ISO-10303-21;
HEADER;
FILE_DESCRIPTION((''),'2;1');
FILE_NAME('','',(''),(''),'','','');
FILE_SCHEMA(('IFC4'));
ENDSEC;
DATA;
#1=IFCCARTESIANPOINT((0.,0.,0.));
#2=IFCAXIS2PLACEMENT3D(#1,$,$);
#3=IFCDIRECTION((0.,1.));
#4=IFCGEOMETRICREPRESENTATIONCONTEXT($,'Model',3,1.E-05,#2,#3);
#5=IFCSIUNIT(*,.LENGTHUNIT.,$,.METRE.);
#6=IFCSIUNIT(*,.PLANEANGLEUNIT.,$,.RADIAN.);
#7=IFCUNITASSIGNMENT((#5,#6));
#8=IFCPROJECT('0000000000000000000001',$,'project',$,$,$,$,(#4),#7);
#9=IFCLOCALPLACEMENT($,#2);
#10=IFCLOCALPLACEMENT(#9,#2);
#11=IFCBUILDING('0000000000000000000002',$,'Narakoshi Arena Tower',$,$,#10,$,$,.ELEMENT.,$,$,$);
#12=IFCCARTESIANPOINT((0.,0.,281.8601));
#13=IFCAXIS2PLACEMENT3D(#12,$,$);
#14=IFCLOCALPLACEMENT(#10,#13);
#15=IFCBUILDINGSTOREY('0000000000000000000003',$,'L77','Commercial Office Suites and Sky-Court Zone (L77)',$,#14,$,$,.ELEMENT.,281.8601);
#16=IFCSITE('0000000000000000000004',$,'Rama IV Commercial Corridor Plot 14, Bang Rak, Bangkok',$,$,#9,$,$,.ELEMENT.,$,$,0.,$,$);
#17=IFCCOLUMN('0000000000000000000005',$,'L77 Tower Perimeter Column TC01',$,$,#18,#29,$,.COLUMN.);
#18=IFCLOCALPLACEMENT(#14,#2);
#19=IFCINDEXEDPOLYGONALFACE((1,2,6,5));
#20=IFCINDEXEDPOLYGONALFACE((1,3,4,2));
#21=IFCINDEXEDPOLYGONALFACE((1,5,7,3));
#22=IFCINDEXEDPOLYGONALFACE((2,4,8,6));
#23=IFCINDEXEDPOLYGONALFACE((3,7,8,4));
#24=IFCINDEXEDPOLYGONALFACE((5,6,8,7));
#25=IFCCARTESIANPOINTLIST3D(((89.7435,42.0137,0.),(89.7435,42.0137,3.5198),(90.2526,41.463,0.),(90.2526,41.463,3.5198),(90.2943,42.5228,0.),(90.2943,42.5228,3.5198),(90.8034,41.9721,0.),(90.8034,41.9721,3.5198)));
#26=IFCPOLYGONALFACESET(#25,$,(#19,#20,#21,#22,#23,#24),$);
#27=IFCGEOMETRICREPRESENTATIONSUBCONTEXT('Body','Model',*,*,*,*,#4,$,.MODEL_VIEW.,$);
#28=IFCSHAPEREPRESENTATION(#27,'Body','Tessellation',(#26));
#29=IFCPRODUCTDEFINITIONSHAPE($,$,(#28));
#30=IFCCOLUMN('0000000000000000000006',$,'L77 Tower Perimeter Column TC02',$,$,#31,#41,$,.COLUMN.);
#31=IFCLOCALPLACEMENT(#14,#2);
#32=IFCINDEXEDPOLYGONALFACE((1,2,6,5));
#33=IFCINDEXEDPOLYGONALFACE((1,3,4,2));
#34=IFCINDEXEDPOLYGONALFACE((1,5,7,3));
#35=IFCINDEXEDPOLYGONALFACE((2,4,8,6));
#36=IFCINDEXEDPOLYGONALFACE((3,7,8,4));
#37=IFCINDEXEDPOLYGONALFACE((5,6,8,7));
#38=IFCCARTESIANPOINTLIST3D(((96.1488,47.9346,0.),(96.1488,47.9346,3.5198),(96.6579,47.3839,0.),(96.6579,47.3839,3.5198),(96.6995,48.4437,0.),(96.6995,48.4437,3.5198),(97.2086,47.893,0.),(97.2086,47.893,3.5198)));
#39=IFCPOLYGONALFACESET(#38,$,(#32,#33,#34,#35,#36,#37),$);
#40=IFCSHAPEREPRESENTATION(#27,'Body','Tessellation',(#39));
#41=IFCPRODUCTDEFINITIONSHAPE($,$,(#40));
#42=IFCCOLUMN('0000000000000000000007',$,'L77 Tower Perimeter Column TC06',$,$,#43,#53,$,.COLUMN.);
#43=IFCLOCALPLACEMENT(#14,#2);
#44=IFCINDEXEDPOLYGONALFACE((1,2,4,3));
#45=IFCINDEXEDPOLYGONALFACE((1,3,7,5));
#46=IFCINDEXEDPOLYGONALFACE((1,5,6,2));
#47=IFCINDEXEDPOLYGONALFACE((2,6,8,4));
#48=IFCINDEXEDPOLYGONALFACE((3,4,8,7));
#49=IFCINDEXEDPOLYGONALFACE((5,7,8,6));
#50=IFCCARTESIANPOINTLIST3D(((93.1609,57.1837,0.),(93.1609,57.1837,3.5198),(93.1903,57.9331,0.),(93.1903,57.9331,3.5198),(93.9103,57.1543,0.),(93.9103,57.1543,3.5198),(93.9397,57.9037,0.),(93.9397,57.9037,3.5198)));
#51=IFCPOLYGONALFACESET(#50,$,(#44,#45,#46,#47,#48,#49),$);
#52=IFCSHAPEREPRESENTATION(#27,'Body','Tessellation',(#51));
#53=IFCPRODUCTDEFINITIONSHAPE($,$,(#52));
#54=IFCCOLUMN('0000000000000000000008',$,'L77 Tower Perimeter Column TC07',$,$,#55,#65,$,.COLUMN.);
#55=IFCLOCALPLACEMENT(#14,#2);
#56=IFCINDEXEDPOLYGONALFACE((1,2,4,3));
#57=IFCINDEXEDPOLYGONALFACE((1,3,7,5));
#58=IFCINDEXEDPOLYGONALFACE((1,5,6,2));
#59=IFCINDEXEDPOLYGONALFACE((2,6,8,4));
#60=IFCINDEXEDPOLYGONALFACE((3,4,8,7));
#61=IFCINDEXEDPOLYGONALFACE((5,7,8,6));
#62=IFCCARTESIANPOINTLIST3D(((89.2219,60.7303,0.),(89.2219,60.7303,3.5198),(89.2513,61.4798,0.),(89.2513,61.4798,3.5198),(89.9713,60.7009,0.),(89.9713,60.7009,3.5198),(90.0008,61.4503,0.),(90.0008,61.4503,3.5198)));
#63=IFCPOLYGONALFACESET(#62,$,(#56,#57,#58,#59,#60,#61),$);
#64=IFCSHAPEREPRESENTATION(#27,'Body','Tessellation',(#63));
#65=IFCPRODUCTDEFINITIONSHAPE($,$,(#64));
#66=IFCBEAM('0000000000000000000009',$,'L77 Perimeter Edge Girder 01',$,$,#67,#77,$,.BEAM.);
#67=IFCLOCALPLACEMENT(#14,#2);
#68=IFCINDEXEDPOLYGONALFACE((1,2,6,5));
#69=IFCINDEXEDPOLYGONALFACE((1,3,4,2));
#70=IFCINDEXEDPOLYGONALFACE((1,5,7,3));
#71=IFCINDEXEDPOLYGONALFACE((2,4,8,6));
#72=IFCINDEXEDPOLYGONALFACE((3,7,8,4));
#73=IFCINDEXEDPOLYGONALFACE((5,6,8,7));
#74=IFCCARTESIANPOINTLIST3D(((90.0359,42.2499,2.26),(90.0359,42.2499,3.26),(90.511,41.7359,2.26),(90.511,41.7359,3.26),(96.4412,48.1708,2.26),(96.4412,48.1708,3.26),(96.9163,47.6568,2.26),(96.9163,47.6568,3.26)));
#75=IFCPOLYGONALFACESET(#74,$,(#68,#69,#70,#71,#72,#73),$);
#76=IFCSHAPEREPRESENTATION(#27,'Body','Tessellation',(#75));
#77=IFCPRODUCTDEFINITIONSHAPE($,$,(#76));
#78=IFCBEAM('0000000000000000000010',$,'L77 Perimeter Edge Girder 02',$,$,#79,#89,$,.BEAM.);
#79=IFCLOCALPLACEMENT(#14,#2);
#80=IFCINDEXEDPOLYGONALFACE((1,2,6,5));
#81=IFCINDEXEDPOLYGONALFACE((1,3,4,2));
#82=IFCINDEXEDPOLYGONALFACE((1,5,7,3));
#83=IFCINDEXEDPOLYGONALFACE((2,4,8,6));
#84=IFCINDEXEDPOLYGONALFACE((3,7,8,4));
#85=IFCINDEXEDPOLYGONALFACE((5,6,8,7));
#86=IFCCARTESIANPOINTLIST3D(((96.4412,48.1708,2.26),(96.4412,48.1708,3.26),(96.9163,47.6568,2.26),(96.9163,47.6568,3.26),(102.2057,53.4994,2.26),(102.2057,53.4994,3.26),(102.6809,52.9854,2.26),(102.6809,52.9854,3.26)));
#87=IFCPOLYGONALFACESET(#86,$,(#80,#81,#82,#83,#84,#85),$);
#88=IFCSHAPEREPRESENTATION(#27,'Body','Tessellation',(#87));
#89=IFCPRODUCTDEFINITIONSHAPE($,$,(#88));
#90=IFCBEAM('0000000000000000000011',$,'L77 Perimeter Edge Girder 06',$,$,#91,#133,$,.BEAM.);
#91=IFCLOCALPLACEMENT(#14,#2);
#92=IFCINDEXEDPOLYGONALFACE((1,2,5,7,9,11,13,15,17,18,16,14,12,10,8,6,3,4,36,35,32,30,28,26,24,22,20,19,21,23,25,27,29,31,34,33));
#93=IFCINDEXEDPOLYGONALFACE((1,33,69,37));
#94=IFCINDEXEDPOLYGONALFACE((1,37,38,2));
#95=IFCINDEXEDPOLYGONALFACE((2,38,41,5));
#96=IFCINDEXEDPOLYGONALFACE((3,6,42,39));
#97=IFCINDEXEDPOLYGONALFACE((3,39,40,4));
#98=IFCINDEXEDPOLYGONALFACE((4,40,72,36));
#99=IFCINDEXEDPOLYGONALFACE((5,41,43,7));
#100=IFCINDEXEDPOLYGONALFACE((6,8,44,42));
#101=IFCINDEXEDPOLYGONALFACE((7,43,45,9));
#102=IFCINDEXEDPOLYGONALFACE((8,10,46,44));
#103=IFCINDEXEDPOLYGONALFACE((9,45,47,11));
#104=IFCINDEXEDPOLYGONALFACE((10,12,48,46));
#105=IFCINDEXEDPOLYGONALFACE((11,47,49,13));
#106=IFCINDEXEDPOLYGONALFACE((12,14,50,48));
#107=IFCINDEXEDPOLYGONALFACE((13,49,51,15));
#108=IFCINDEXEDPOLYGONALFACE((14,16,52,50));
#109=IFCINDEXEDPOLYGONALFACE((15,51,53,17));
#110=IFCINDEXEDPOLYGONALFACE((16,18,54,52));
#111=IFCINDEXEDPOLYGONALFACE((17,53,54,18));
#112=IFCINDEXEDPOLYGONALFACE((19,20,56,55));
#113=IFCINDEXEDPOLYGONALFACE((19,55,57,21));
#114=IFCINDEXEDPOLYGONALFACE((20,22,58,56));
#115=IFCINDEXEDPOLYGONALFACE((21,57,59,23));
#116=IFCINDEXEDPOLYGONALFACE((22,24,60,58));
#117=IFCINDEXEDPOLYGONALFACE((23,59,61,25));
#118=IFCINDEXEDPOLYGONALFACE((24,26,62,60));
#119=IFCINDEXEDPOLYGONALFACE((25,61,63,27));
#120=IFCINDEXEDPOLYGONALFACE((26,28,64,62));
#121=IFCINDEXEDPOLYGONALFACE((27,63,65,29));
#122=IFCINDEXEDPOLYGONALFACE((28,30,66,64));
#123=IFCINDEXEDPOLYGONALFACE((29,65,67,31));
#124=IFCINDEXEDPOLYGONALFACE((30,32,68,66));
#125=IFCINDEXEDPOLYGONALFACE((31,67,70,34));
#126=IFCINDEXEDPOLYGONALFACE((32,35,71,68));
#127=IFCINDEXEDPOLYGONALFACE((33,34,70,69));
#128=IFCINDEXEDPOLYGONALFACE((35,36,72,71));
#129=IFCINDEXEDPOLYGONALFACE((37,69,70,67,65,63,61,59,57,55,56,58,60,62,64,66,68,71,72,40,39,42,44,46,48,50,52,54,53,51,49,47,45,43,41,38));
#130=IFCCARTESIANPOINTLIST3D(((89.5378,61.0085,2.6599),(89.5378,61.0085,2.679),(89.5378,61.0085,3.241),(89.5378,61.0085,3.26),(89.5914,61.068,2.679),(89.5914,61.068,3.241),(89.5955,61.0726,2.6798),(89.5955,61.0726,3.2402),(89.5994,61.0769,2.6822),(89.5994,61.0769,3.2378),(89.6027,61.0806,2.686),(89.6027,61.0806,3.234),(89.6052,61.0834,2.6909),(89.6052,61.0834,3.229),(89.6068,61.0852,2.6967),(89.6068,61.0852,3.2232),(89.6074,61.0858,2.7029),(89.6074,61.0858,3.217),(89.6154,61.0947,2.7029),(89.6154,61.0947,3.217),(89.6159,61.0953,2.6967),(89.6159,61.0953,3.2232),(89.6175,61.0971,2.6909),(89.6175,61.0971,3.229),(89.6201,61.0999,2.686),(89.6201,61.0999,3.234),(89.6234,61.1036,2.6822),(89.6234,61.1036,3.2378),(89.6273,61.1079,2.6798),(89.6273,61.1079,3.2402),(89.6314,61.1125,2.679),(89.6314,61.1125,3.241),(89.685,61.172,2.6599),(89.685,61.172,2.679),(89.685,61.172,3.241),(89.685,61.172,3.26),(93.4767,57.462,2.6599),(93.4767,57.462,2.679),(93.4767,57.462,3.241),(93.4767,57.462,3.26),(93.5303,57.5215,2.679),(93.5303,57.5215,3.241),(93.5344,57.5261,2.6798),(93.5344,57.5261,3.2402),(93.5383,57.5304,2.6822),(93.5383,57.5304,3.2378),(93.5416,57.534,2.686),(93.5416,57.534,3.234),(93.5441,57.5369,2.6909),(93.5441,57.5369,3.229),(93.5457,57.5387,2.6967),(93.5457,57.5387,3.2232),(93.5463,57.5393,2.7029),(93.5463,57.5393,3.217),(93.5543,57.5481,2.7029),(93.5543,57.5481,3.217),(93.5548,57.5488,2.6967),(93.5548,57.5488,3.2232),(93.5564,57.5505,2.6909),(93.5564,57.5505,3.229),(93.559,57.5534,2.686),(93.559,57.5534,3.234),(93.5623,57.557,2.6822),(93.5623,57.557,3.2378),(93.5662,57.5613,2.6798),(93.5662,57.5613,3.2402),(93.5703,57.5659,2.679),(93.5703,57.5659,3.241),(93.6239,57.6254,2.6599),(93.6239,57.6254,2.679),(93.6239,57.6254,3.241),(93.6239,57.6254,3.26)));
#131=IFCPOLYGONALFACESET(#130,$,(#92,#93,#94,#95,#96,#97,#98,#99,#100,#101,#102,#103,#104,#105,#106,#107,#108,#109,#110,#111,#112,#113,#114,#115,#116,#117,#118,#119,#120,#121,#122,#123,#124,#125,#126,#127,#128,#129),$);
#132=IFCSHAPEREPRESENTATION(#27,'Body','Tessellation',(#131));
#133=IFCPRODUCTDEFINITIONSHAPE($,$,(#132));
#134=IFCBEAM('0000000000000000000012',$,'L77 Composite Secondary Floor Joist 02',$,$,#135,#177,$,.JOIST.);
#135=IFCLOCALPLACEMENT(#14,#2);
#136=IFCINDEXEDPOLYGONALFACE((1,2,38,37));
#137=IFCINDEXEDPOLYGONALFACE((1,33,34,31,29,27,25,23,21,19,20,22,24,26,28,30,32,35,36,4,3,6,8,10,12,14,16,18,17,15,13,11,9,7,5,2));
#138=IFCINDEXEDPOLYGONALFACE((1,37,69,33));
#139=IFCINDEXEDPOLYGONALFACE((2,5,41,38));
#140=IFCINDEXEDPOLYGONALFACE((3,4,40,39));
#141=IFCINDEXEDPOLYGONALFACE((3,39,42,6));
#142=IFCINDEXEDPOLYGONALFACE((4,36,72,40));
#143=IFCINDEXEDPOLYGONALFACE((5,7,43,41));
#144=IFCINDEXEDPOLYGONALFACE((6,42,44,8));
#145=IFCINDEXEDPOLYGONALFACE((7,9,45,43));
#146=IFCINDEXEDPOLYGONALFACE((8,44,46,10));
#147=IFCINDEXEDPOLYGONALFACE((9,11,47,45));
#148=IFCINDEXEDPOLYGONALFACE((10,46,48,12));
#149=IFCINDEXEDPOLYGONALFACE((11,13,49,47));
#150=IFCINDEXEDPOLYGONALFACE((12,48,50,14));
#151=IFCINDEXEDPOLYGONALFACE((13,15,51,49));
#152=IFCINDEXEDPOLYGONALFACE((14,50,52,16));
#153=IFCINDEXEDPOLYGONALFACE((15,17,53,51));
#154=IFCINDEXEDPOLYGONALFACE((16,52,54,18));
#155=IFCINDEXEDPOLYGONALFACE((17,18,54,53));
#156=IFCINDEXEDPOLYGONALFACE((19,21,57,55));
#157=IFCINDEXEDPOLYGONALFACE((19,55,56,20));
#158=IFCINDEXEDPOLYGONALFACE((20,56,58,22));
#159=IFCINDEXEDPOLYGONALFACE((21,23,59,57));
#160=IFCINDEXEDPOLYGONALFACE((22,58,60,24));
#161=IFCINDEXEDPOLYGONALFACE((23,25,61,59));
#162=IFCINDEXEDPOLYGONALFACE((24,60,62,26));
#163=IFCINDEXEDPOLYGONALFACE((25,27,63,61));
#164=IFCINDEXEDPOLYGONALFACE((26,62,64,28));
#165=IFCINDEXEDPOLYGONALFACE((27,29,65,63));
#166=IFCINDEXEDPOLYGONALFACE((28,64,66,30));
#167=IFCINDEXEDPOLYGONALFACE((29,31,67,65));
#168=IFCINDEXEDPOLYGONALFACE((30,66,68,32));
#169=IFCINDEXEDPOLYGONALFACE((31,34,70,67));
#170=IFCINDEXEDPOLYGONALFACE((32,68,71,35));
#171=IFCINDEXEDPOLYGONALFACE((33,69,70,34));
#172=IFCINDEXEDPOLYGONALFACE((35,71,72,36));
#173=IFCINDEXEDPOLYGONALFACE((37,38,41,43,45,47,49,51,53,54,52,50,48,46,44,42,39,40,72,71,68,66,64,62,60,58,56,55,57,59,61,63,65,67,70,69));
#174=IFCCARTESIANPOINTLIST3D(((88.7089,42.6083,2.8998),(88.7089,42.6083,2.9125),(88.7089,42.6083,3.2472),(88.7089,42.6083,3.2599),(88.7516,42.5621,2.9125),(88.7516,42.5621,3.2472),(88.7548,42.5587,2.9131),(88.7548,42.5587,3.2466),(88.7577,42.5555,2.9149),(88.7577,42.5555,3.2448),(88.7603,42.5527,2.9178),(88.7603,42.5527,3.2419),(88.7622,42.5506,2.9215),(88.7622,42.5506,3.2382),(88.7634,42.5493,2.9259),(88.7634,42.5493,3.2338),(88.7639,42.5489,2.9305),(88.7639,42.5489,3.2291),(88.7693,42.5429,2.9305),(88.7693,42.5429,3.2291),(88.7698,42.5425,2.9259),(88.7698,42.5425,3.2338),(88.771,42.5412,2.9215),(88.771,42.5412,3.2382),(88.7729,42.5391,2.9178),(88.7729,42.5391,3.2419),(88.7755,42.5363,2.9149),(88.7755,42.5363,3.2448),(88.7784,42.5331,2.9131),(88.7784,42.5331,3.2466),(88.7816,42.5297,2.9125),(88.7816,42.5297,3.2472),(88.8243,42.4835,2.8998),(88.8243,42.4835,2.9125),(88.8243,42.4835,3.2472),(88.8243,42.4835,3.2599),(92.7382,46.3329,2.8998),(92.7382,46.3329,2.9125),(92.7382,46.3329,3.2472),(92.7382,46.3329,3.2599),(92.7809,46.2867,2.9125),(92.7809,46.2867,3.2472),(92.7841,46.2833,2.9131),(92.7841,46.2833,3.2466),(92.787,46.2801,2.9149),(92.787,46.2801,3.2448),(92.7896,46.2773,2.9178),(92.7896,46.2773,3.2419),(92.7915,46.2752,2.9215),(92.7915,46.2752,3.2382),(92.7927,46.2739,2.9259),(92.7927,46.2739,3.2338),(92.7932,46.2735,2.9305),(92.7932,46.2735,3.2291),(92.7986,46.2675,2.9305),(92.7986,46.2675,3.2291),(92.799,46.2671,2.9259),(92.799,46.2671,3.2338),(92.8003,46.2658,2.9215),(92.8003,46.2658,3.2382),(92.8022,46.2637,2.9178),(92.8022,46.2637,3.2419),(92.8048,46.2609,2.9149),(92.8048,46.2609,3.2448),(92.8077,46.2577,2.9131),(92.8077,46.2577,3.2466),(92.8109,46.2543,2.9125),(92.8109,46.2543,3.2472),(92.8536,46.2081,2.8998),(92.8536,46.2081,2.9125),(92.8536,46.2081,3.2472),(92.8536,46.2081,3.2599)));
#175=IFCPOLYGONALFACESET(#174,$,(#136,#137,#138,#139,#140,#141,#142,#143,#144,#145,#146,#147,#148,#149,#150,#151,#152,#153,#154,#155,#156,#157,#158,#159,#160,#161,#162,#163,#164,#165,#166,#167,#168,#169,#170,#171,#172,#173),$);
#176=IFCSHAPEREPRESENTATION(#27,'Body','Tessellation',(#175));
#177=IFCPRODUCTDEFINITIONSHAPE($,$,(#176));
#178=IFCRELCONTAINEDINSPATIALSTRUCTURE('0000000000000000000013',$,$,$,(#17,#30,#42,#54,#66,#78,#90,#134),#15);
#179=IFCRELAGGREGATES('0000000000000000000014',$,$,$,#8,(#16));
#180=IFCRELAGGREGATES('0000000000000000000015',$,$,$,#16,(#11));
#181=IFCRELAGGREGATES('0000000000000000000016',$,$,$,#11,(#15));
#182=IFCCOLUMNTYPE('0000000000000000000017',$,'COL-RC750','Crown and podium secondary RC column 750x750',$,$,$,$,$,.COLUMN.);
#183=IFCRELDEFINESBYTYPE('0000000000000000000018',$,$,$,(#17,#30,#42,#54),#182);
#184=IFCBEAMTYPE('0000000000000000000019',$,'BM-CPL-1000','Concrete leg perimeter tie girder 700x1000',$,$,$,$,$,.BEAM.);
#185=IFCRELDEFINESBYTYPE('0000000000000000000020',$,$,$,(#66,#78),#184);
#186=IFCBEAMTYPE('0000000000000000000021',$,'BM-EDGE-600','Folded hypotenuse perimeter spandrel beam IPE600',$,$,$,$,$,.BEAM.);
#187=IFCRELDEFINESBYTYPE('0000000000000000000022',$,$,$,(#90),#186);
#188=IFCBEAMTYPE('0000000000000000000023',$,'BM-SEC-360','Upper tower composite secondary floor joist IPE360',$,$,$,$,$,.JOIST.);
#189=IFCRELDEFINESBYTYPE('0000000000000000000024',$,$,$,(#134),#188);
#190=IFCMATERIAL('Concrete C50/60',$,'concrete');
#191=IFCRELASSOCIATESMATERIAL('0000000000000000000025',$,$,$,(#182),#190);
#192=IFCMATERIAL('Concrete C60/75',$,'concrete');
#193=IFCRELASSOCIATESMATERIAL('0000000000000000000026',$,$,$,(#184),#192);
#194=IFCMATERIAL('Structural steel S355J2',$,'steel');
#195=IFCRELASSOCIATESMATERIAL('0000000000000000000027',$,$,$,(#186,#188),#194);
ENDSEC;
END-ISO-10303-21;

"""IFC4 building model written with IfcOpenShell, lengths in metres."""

from ifc_helpers import new_model, si_unit, direction, frame, origin, origin_2d, place, context, subcontext, project, spatial, rectangle, i_section, extrude, material, material_profile, profile_set, type_object, element, save


model = new_model("IFC4")

# Units and contexts
model_context = context("Model", 3, precision=1e-05, world=origin(), true_north=direction((0.0, 1.0)))
body_context = subcontext(model_context, "Body", "Model", "MODEL_VIEW")
ifc_project = project(units=[si_unit("LENGTHUNIT", "METRE"), si_unit("PLANEANGLEUNIT", "RADIAN")], contexts=[model_context])

# Site, building, storey
site_placement = place(None, origin())
site = spatial("IfcSite", under=ifc_project, at=site_placement, Name="Rama IV Commercial Corridor Plot 14, Bang Rak, Bangkok", CompositionType="ELEMENT", RefElevation=0.0)
building_placement = place(site_placement, origin())
building = spatial("IfcBuilding", under=site, at=building_placement, Name="Narakoshi Arena Tower", CompositionType="ELEMENT")
storey_placement = place(building_placement, frame((0.0, 0.0, 281.8601)))
storey = spatial("IfcBuildingStorey", under=building, at=storey_placement, Name="L77", Description="Commercial Office Suites and Sky-Court Zone (L77)", CompositionType="ELEMENT", Elevation=281.8601)

# Columns
ifc_material_1 = material(Name="Concrete C50/60", Category="concrete")
ifc_material_profile_1 = material_profile(ifc_material_1, rectangle(XDim=0.75, YDim=0.75, at=origin_2d()), Name="RC750x750")
ifc_profile_set_1 = profile_set([ifc_material_profile_1], Name="Concrete C50/60")
column_type = type_object("IfcColumnType", Name="COL-RC750", Description="Crown and podium secondary RC column 750x750", PredefinedType="COLUMN", material=ifc_profile_set_1)
for number, where, z_axis, x_axis, name in (
    (1, (90.2734, 41.9929, 0.0), (0.0, 0.0, 1.0), (0.734323, 0.678801, 0.0), "L77 Tower Perimeter Column TC01"),
    (2, (96.6787, 47.9138, 0.0), (0.0, 0.0, 1.0), (0.734323, 0.678801, 0.0), "L77 Tower Perimeter Column TC02"),
    (3, (93.5503, 57.5437, 0.0), (0.0, 0.0, 1.0), (0.03926, 0.999229, 0.0), "L77 Tower Perimeter Column TC06"),
    (4, (89.6113, 61.0903, 0.0), (0.0, 0.0, 1.0), (0.03926, 0.999229, 0.0), "L77 Tower Perimeter Column TC07"),
):
    element("IfcColumn", number, at=place(storey_placement, frame(where, z_axis=z_axis, x_axis=x_axis)), inside=storey, type_object=column_type, Name=name, PredefinedType="COLUMN", context=body_context, shape_type="SweptSolid", body=[
        extrude(rectangle(XDim=0.75, YDim=0.75, at=origin_2d()), origin(), (0.0, 0.0, 1.0), 3.5198),
    ])

# Beams
ifc_material_2 = material(Name="Concrete C60/75", Category="concrete")
ifc_material_profile_2 = material_profile(ifc_material_2, rectangle(XDim=0.7, YDim=1.0, at=origin_2d()), Name="RCB700x1000")
ifc_profile_set_2 = profile_set([ifc_material_profile_2], Name="Concrete C60/75")
beam_type_1 = type_object("IfcBeamType", Name="BM-CPL-1000", Description="Concrete leg perimeter tie girder 700x1000", PredefinedType="BEAM", material=ifc_profile_set_2)
beam_1_placement = place(storey_placement, frame((90.2734, 41.9929, 2.76), z_axis=(0.734327, 0.678796, 0.0), x_axis=(-0.678796, 0.734327, 0.0)))
element("IfcBeam", 5, at=beam_1_placement, inside=storey, type_object=beam_type_1, Name="L77 Perimeter Edge Girder 01", PredefinedType="BEAM", context=body_context, shape_type="SweptSolid", body=[
    extrude(rectangle(XDim=0.7, YDim=1.0, at=origin_2d()), origin(), (0.0, 0.0, 1.0), 8.7227),
])
beam_2_placement = place(storey_placement, frame((96.6787, 47.9138, 2.76), z_axis=(0.734333, 0.678789, 0.0), x_axis=(-0.678789, 0.734333, 0.0)))
element("IfcBeam", 6, at=beam_2_placement, inside=storey, type_object=beam_type_1, Name="L77 Perimeter Edge Girder 02", PredefinedType="BEAM", context=body_context, shape_type="SweptSolid", body=[
    extrude(rectangle(XDim=0.7, YDim=1.0, at=origin_2d()), origin(), (0.0, 0.0, 1.0), 7.8501),
])
ifc_material_3 = material(Name="Structural steel S355J2", Category="steel")
ifc_material_profile_3 = material_profile(ifc_material_3, i_section(OverallWidth=0.22, OverallDepth=0.6001, WebThickness=0.012, FlangeThickness=0.019, FilletRadius=0.0239, at=origin_2d()), Name="IPE600")
ifc_profile_set_3 = profile_set([ifc_material_profile_3], Name="Structural steel S355J2")
beam_type_2 = type_object("IfcBeamType", Name="BM-EDGE-600", Description="Folded hypotenuse perimeter spandrel beam IPE600", PredefinedType="BEAM", material=ifc_profile_set_3)
beam_3_placement = place(storey_placement, frame((93.5503, 57.5437, 2.96), z_axis=(-0.743148, 0.669128, 0.0), x_axis=(-0.669128, -0.743148, 0.0)))
element("IfcBeam", 7, at=beam_3_placement, inside=storey, type_object=beam_type_2, Name="L77 Perimeter Edge Girder 06", PredefinedType="BEAM", context=body_context, shape_type="SweptSolid", body=[
    extrude(i_section(OverallWidth=0.22, OverallDepth=0.6001, WebThickness=0.012, FlangeThickness=0.019, FilletRadius=0.0239, at=origin_2d()), origin(), (0.0, 0.0, 1.0), 5.3003),
])
ifc_material_profile_4 = material_profile(ifc_material_3, i_section(OverallWidth=0.1699, OverallDepth=0.3601, WebThickness=0.0081, FlangeThickness=0.0127, FilletRadius=0.0181, at=origin_2d()), Name="IPE360")
ifc_profile_set_4 = profile_set([ifc_material_profile_4], Name="Structural steel S355J2")
beam_type_3 = type_object("IfcBeamType", Name="BM-SEC-360", Description="Upper tower composite secondary floor joist IPE360", PredefinedType="JOIST", material=ifc_profile_set_4)
beam_4_placement = place(storey_placement, frame((88.7666, 42.5459, 3.0798), z_axis=(0.734326, 0.678797, 0.0), x_axis=(-0.678797, 0.734326, 0.0)))
element("IfcBeam", 8, at=beam_4_placement, inside=storey, type_object=beam_type_3, Name="L77 Composite Secondary Floor Joist 02", PredefinedType="JOIST", context=body_context, shape_type="SweptSolid", body=[
    extrude(i_section(OverallWidth=0.1699, OverallDepth=0.3601, WebThickness=0.0081, FlangeThickness=0.0127, FilletRadius=0.0181, at=origin_2d()), origin(), (0.0, 0.0, 1.0), 5.4871),
])

save(model, "model.ifc")
